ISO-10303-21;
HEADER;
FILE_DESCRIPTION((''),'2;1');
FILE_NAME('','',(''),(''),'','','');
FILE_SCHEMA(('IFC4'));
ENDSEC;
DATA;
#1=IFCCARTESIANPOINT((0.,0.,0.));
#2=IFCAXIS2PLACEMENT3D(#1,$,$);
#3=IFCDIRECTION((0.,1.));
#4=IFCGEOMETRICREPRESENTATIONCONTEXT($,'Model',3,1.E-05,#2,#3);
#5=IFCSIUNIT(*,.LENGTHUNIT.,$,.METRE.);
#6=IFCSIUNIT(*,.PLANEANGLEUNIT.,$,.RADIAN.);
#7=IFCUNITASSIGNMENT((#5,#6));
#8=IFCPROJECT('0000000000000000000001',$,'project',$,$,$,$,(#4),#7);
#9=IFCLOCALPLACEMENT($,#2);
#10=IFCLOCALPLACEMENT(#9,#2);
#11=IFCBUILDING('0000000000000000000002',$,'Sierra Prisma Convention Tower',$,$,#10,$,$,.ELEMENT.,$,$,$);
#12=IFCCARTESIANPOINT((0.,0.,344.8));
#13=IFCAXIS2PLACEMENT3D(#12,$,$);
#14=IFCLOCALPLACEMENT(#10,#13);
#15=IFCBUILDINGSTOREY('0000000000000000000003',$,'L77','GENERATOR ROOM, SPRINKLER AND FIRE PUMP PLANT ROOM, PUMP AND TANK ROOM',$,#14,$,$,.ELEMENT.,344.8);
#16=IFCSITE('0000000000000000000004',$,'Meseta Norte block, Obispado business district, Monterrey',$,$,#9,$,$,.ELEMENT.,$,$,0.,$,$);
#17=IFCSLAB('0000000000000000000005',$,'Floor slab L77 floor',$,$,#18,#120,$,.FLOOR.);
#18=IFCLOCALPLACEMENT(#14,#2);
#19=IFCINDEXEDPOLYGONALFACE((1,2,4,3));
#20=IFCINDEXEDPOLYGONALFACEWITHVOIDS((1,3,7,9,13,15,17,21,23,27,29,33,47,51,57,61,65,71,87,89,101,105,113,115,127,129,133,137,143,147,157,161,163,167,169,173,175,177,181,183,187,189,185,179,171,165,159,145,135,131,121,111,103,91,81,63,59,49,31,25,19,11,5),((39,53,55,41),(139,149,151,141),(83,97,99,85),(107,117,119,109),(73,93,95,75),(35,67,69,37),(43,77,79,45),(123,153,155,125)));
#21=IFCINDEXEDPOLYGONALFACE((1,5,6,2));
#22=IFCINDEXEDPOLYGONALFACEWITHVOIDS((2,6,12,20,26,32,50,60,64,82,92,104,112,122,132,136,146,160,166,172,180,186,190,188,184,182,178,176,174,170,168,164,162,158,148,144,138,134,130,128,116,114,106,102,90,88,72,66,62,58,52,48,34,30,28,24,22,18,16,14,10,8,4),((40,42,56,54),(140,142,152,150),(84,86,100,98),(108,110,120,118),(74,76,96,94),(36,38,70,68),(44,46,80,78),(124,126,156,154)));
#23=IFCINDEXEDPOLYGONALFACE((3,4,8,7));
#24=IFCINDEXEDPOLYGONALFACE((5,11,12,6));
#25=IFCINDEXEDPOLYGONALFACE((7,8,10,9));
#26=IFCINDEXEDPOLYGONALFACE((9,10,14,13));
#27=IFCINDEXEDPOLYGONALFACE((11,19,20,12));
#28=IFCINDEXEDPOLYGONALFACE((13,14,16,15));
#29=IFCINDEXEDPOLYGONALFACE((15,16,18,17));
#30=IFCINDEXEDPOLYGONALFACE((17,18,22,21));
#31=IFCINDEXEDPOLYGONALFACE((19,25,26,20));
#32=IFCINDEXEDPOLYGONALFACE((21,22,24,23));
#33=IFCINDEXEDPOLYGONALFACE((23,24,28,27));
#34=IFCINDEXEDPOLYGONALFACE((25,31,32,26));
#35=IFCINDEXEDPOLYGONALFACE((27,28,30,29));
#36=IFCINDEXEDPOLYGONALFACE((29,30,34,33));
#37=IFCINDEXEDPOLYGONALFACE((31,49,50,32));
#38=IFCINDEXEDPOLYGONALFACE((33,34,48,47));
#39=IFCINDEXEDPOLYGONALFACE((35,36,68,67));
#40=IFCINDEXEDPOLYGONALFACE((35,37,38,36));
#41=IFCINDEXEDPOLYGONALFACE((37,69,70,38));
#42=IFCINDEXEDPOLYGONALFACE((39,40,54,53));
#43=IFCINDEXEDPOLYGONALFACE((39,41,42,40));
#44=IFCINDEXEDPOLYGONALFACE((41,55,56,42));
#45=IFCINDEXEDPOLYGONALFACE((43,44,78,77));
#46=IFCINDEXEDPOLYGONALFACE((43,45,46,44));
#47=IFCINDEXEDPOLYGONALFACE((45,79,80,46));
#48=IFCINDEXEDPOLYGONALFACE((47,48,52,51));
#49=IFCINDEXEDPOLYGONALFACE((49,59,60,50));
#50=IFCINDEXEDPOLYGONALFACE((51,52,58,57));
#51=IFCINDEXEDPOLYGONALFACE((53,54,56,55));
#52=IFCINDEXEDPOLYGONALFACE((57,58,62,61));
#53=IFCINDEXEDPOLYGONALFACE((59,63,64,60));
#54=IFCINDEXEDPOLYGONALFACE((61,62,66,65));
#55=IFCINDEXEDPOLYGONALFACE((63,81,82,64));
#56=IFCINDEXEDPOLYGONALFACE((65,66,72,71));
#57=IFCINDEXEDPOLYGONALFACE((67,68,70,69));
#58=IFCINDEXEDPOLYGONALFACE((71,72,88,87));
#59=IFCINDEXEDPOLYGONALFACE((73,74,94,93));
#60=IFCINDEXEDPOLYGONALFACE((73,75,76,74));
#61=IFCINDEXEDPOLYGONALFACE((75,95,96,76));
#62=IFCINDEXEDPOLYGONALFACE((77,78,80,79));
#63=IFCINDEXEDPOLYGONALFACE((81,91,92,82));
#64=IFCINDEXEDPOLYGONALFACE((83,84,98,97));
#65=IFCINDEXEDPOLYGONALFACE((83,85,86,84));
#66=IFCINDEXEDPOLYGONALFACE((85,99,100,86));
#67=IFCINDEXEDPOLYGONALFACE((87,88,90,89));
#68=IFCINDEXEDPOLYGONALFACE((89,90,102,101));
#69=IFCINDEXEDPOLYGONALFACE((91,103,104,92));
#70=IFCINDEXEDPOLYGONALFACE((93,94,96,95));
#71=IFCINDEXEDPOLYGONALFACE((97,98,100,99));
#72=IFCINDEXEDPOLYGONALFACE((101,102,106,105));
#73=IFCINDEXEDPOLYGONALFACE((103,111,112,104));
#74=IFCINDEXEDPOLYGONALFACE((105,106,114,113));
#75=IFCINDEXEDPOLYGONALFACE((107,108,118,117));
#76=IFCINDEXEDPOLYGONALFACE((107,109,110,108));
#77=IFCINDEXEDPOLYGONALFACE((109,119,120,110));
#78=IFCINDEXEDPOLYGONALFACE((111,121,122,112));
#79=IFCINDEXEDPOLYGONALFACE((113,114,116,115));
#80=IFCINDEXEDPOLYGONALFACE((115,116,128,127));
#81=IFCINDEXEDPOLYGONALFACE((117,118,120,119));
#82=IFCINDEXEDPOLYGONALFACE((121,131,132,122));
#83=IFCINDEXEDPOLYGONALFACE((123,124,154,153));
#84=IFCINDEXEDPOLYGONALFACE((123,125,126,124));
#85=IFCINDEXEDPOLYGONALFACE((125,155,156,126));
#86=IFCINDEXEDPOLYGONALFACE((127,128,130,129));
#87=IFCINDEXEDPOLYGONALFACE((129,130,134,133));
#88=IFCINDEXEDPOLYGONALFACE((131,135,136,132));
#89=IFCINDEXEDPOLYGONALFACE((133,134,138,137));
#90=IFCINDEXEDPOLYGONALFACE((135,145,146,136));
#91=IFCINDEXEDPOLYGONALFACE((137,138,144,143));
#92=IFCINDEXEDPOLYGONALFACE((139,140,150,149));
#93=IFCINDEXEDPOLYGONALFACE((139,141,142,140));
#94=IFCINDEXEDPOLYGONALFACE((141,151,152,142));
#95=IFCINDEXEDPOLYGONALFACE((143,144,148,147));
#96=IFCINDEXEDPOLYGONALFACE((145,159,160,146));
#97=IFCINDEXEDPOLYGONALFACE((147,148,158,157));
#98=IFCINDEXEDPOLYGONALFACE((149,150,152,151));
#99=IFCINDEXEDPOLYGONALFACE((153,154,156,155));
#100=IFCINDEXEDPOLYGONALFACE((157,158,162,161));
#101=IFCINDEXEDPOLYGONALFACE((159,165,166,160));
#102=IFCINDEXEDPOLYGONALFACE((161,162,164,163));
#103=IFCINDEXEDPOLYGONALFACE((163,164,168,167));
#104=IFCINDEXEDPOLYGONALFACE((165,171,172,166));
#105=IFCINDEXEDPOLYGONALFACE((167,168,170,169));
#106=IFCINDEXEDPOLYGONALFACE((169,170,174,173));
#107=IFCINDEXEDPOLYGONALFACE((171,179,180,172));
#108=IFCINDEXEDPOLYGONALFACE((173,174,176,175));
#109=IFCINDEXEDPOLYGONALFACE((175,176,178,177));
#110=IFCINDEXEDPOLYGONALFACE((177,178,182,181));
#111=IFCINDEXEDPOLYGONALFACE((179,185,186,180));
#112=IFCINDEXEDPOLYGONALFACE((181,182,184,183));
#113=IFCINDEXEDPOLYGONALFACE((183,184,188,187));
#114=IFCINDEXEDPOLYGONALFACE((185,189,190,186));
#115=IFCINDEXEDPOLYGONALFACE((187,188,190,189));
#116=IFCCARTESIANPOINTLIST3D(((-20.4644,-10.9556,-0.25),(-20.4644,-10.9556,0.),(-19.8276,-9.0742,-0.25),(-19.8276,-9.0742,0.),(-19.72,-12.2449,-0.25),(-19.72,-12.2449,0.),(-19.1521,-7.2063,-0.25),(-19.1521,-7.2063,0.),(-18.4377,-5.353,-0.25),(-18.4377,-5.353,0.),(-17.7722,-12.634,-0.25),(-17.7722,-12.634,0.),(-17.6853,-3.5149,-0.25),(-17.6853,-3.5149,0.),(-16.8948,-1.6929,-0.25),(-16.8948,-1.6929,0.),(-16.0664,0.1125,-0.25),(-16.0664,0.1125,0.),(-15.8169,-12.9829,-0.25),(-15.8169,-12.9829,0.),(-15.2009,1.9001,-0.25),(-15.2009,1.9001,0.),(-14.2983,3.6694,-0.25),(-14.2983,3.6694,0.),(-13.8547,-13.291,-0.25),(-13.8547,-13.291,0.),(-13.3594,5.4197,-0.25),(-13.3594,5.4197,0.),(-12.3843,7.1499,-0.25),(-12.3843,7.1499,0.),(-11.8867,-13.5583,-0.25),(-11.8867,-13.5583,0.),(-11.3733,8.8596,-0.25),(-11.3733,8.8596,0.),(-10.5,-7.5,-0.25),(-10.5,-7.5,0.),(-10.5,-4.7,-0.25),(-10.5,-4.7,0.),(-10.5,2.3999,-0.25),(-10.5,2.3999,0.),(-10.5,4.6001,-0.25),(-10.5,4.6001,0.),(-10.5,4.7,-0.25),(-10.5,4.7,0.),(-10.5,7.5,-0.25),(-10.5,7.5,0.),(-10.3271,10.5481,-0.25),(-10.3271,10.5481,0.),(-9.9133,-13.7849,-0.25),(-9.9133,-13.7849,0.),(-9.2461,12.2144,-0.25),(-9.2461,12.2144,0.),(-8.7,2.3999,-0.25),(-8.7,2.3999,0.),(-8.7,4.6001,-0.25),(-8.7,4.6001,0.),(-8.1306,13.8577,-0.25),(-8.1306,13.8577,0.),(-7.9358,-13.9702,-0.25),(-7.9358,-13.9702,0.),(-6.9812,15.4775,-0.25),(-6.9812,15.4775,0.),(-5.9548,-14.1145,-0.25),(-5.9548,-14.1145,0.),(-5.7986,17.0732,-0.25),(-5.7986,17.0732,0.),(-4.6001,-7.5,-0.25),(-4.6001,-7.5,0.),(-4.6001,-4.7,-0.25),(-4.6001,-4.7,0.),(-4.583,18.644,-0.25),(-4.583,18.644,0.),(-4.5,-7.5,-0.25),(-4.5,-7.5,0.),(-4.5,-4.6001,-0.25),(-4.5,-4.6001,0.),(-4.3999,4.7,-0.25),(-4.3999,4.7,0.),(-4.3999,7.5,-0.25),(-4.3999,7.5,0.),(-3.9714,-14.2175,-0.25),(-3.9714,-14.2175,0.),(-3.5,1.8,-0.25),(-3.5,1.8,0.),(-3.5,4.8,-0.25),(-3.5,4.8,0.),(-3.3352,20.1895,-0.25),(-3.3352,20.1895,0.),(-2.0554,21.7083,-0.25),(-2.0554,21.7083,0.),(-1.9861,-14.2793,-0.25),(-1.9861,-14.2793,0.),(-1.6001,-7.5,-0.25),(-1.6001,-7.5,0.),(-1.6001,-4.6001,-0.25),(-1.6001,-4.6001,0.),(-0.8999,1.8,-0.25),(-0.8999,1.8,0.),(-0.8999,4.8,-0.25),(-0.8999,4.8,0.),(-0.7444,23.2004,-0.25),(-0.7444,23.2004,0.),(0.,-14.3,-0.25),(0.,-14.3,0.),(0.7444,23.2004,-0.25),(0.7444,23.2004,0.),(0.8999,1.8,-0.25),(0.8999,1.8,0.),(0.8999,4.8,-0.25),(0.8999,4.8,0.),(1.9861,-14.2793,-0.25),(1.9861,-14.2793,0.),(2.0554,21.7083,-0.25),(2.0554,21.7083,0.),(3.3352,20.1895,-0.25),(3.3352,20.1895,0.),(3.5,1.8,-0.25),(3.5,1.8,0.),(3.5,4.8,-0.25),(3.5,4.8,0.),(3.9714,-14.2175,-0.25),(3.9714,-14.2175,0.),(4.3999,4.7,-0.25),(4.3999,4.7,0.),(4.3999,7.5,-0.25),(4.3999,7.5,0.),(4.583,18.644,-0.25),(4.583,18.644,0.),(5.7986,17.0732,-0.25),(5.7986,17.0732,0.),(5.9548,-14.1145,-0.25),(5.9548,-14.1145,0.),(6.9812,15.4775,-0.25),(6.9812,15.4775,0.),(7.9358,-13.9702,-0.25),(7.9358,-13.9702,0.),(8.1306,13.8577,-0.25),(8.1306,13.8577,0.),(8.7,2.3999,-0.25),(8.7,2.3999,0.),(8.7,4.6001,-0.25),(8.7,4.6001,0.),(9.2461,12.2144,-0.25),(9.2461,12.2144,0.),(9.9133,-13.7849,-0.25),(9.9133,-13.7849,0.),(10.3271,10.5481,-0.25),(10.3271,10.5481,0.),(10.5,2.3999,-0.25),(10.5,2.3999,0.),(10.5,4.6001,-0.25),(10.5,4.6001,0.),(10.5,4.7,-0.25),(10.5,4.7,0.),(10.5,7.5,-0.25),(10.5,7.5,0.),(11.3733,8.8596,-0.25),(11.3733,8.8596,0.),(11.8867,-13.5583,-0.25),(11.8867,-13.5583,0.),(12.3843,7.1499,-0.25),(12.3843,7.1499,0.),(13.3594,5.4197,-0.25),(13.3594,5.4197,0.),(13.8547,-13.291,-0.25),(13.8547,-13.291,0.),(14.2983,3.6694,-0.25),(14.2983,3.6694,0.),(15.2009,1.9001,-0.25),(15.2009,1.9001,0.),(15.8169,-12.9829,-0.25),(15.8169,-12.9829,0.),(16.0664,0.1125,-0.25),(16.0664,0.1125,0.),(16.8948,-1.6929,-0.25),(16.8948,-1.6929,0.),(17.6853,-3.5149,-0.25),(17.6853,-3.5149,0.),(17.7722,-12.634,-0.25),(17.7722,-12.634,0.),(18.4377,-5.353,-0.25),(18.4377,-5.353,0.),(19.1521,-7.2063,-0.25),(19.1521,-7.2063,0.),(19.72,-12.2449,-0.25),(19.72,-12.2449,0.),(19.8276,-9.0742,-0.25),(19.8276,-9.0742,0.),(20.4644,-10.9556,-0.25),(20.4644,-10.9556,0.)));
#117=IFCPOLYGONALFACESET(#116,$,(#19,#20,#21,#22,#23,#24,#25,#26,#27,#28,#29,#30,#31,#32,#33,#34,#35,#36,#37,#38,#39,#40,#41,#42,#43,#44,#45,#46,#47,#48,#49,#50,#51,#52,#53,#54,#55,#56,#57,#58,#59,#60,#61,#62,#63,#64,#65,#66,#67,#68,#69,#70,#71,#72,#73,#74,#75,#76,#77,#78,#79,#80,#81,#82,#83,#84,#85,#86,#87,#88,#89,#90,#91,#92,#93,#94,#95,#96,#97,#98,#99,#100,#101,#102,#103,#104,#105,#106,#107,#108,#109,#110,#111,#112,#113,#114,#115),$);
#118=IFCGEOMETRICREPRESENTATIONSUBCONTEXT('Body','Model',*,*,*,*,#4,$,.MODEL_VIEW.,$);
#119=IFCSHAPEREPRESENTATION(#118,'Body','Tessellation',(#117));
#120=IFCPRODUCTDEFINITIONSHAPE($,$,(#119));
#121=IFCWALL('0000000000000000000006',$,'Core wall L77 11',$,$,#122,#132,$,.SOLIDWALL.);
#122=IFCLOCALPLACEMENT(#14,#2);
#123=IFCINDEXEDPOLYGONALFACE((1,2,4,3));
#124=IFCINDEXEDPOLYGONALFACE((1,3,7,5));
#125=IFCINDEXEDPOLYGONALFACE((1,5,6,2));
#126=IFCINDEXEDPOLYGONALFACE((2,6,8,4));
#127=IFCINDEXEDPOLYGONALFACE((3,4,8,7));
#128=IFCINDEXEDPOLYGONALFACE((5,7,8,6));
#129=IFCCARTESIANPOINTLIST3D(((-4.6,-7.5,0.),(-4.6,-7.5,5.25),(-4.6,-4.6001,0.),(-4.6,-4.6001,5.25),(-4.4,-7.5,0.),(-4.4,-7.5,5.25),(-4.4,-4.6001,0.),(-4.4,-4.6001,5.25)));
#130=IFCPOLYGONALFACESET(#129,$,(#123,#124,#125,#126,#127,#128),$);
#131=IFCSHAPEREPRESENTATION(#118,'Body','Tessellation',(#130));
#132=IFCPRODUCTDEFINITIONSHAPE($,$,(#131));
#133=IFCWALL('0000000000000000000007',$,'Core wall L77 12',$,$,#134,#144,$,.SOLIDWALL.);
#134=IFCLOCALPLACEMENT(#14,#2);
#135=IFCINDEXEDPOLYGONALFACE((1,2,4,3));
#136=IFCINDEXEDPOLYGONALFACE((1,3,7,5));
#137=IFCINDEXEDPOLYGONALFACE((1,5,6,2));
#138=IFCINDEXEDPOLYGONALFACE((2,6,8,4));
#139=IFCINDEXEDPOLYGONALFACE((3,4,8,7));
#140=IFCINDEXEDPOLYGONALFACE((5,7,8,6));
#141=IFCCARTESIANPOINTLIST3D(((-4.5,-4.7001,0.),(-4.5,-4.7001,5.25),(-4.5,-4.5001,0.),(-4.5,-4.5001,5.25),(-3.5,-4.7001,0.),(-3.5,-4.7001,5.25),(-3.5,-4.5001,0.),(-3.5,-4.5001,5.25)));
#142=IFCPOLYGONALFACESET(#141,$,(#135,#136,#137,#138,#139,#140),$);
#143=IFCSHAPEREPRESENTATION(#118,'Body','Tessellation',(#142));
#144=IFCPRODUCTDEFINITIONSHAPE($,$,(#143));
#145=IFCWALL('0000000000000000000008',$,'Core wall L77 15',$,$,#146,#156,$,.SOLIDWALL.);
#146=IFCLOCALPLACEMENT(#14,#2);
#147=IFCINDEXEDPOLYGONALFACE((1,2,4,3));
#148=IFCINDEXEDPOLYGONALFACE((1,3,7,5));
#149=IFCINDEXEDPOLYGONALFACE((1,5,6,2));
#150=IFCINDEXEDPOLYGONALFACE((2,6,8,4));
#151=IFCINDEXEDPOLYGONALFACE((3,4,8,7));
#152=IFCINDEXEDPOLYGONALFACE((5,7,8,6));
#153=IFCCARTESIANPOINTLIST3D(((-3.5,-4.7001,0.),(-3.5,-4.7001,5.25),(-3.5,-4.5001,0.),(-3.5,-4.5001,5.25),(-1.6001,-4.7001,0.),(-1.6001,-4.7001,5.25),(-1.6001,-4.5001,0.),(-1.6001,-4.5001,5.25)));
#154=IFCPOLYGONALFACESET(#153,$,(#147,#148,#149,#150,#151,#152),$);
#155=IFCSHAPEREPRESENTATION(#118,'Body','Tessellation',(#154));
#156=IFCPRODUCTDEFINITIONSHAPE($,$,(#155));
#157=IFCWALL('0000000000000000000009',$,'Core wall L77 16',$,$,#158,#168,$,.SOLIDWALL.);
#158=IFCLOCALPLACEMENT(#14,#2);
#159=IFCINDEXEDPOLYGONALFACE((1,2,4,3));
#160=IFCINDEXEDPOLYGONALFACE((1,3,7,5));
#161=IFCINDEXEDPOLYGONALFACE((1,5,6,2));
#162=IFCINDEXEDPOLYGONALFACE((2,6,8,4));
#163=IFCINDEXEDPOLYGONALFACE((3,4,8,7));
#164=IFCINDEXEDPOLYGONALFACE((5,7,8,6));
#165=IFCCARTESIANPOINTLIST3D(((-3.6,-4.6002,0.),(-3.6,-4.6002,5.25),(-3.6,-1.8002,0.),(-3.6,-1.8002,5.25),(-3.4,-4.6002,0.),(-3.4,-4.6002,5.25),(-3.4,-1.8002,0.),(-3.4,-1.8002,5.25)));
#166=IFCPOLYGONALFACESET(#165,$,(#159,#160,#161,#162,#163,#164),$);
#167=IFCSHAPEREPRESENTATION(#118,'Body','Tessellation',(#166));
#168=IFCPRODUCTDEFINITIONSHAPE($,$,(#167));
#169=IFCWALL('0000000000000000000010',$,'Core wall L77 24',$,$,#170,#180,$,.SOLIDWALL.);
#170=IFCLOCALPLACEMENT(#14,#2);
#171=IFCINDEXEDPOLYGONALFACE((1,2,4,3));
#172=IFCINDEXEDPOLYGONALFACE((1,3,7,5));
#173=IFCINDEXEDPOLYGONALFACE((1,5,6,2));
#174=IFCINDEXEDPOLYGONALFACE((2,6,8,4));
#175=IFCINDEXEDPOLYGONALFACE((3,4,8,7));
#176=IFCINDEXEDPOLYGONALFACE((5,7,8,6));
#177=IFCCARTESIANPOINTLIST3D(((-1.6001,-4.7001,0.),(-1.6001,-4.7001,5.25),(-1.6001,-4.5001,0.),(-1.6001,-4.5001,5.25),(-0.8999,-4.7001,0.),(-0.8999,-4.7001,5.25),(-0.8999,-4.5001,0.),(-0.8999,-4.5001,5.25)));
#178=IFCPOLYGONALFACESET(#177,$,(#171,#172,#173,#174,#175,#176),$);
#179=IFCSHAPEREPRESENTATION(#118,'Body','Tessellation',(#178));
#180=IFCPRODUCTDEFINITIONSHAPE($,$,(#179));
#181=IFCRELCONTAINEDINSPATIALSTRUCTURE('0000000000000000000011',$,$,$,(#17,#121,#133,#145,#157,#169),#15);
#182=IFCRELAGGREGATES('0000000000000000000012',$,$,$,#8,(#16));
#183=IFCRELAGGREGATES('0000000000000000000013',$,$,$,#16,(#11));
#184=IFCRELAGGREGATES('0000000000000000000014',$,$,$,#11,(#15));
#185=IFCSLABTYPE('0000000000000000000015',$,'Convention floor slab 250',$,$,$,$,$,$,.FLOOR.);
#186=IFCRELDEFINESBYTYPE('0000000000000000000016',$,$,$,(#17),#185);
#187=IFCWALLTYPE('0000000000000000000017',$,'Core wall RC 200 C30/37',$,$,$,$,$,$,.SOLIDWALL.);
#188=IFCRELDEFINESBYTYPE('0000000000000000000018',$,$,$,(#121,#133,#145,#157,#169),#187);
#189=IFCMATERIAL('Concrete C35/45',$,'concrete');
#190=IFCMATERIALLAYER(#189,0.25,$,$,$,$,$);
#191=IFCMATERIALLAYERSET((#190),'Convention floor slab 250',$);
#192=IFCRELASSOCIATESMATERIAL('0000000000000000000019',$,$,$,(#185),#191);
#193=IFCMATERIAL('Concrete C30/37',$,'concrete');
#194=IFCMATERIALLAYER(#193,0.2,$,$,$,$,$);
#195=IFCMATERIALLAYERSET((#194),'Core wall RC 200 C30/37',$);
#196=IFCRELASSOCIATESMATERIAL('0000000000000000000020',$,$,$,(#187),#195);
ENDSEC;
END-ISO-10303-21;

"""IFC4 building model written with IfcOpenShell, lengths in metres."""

from ifc_helpers import new_model, si_unit, direction, frame, frame_2d, origin, place, context, subcontext, project, spatial, polyline, rectangle, outline, extrude, material, layer, layer_set, type_object, element, save


model = new_model("IFC4")

# Units and contexts
model_context = context("Model", 3, precision=1e-05, world=origin(), true_north=direction((0.0, 1.0)))
body_context = subcontext(model_context, "Body", "Model", "MODEL_VIEW")
ifc_project = project(units=[si_unit("LENGTHUNIT", "METRE"), si_unit("PLANEANGLEUNIT", "RADIAN")], contexts=[model_context])

# Site, building, storey
site_placement = place(None, origin())
site = spatial("IfcSite", under=ifc_project, at=site_placement, Name="Meseta Norte block, Obispado business district, Monterrey", CompositionType="ELEMENT", RefElevation=0.0)
building_placement = place(site_placement, origin())
building = spatial("IfcBuilding", under=site, at=building_placement, Name="Sierra Prisma Convention Tower", CompositionType="ELEMENT")
storey_placement = place(building_placement, frame((0.0, 0.0, 344.8)))
storey = spatial("IfcBuildingStorey", under=building, at=storey_placement, Name="L77", Description="GENERATOR ROOM, SPRINKLER AND FIRE PUMP PLANT ROOM, PUMP AND TANK ROOM", CompositionType="ELEMENT", Elevation=344.8)

# Slab
ifc_material_1 = material(Name="Concrete C35/45", Category="concrete")
ifc_layer_1 = layer(ifc_material_1, 0.25)
ifc_layer_set_1 = layer_set([ifc_layer_1], Name="Convention floor slab 250")
slab_type = type_object("IfcSlabType", Name="Convention floor slab 250", PredefinedType="FLOOR", material=ifc_layer_set_1)
slab_placement = place(storey_placement, frame((0.0, 0.0, -0.25)))
element("IfcSlab", 1, at=slab_placement, inside=storey, type_object=slab_type, Name="Floor slab L77 floor", PredefinedType="FLOOR", context=body_context, shape_type="SweptSolid", body=[
    extrude(outline(polyline([(-19.72, -12.2449), (-17.7722, -12.634), (-15.8169, -12.9829), (-13.8547, -13.291), (-11.8867, -13.5583), (-9.9133, -13.7849), (-7.9358, -13.9702), (-5.9548, -14.1145), (-3.9714, -14.2175), (-1.9861, -14.2793), (0.0, -14.3), (1.9861, -14.2793), (3.9714, -14.2175), (5.9548, -14.1145), (7.9358, -13.9702), (9.9133, -13.7849), (11.8867, -13.5583), (13.8547, -13.291), (15.8169, -12.9829), (17.7722, -12.634), (19.72, -12.2449), (20.4644, -10.9556), (19.8276, -9.0742), (19.1521, -7.2063), (18.4377, -5.353), (17.6853, -3.5149), (16.8948, -1.6929), (16.0664, 0.1125), (15.2009, 1.9001), (14.2983, 3.6694), (13.3594, 5.4197), (12.3843, 7.1499), (11.3733, 8.8596), (10.3271, 10.5481), (9.2461, 12.2144), (8.1306, 13.8577), (6.9812, 15.4775), (5.7986, 17.0732), (4.583, 18.644), (3.3352, 20.1895), (2.0554, 21.7083), (0.7444, 23.2004), (-0.7444, 23.2004), (-2.0554, 21.7083), (-3.3352, 20.1895), (-4.583, 18.644), (-5.7986, 17.0732), (-6.9812, 15.4775), (-8.1306, 13.8577), (-9.2461, 12.2144), (-10.3271, 10.5481), (-11.3733, 8.8596), (-12.3843, 7.1499), (-13.3594, 5.4197), (-14.2983, 3.6694), (-15.2009, 1.9001), (-16.0664, 0.1125), (-16.8948, -1.6929), (-17.6853, -3.5149), (-18.4377, -5.353), (-19.1521, -7.2063), (-19.8276, -9.0742), (-20.4644, -10.9556), (-19.72, -12.2449)]), holes=[polyline([(-4.6001, -4.7), (-4.6001, -7.5), (-10.5, -7.5), (-10.5, -4.7), (-4.6001, -4.7)]), polyline([(-1.6001, -4.6001), (-1.6001, -7.5), (-4.5, -7.5), (-4.5, -4.6001), (-1.6001, -4.6001)]), polyline([(-0.8999, 4.8), (-0.8999, 1.8), (-3.5, 1.8), (-3.5, 4.8), (-0.8999, 4.8)]), polyline([(3.5, 4.8), (3.5, 1.8), (0.8999, 1.8), (0.8999, 4.8), (3.5, 4.8)]), polyline([(-8.7, 4.6001), (-8.7, 2.3999), (-10.5, 2.3999), (-10.5, 4.6001), (-8.7, 4.6001)]), polyline([(10.5, 4.6001), (10.5, 2.3999), (8.7, 2.3999), (8.7, 4.6001), (10.5, 4.6001)]), polyline([(-4.3999, 7.5), (-4.3999, 4.7), (-10.5, 4.7), (-10.5, 7.5), (-4.3999, 7.5)]), polyline([(10.5, 7.5), (10.5, 4.7), (4.3999, 4.7), (4.3999, 7.5), (10.5, 7.5)])]), origin(), (0.0, 0.0, 1.0), 0.25),
])

# Shared definitions
ifc_material_2 = material(Name="Concrete C30/37", Category="concrete")
ifc_layer_2 = layer(ifc_material_2, 0.2)
ifc_layer_set_2 = layer_set([ifc_layer_2], Name="Core wall RC 200 C30/37")
wall_type_1 = type_object("IfcWallType", Name="Core wall RC 200 C30/37", PredefinedType="SOLIDWALL", material=ifc_layer_set_2)

# Walls
wall_1_placement = place(storey_placement, frame((-4.5, -4.6001, 0.0), z_axis=(0.0, 0.0, 1.0), x_axis=(0.0, -1.0, 0.0)))
element("IfcWall", 2, at=wall_1_placement, inside=storey, type_object=wall_type_1, Name="Core wall L77 11", PredefinedType="SOLIDWALL", context=body_context, shape_type="SweptSolid", body=[
    extrude(rectangle(XDim=2.8999, YDim=0.2, at=frame_2d((1.45, 0.0))), origin(), (0.0, 0.0, 1.0), 5.25),
])
wall_2_placement = place(storey_placement, frame((-4.5, -4.6001, 0.0), z_axis=(0.0, 0.0, 1.0), x_axis=(1.0, 0.0, 0.0)))
element("IfcWall", 3, at=wall_2_placement, inside=storey, type_object=wall_type_1, Name="Core wall L77 12", PredefinedType="SOLIDWALL", context=body_context, shape_type="SweptSolid", body=[
    extrude(rectangle(XDim=1.0, YDim=0.2, at=frame_2d((0.5, 0.0))), origin(), (0.0, 0.0, 1.0), 5.25),
])
wall_3_placement = place(storey_placement, frame((-3.5, -4.6001, 0.0), z_axis=(0.0, 0.0, 1.0), x_axis=(1.0, 0.0, 0.0)))
element("IfcWall", 4, at=wall_3_placement, inside=storey, type_object=wall_type_1, Name="Core wall L77 15", PredefinedType="SOLIDWALL", context=body_context, shape_type="SweptSolid", body=[
    extrude(rectangle(XDim=1.8999, YDim=0.2, at=frame_2d((0.95, 0.0))), origin(), (0.0, 0.0, 1.0), 5.25),
])
wall_4_placement = place(storey_placement, frame((-3.5, -4.6001, 0.0), z_axis=(0.0, 0.0, 1.0), x_axis=(0.0, 1.0, 0.0)))
element("IfcWall", 5, at=wall_4_placement, inside=storey, type_object=wall_type_1, Name="Core wall L77 16", PredefinedType="SOLIDWALL", context=body_context, shape_type="SweptSolid", body=[
    extrude(rectangle(XDim=2.8, YDim=0.2, at=frame_2d((1.3999, 0.0))), origin(), (0.0, 0.0, 1.0), 5.25),
])

# Wall
wall_5_placement = place(storey_placement, frame((-1.6001, -4.6001, 0.0), z_axis=(0.0, 0.0, 1.0), x_axis=(1.0, 0.0, 0.0)))
element("IfcWall", 6, at=wall_5_placement, inside=storey, type_object=wall_type_1, Name="Core wall L77 24", PredefinedType="SOLIDWALL", context=body_context, shape_type="SweptSolid", body=[
    extrude(rectangle(XDim=0.7002, YDim=0.2, at=frame_2d((0.3501, 0.0))), origin(), (0.0, 0.0, 1.0), 5.25),
])

save(model, "model.ifc")
